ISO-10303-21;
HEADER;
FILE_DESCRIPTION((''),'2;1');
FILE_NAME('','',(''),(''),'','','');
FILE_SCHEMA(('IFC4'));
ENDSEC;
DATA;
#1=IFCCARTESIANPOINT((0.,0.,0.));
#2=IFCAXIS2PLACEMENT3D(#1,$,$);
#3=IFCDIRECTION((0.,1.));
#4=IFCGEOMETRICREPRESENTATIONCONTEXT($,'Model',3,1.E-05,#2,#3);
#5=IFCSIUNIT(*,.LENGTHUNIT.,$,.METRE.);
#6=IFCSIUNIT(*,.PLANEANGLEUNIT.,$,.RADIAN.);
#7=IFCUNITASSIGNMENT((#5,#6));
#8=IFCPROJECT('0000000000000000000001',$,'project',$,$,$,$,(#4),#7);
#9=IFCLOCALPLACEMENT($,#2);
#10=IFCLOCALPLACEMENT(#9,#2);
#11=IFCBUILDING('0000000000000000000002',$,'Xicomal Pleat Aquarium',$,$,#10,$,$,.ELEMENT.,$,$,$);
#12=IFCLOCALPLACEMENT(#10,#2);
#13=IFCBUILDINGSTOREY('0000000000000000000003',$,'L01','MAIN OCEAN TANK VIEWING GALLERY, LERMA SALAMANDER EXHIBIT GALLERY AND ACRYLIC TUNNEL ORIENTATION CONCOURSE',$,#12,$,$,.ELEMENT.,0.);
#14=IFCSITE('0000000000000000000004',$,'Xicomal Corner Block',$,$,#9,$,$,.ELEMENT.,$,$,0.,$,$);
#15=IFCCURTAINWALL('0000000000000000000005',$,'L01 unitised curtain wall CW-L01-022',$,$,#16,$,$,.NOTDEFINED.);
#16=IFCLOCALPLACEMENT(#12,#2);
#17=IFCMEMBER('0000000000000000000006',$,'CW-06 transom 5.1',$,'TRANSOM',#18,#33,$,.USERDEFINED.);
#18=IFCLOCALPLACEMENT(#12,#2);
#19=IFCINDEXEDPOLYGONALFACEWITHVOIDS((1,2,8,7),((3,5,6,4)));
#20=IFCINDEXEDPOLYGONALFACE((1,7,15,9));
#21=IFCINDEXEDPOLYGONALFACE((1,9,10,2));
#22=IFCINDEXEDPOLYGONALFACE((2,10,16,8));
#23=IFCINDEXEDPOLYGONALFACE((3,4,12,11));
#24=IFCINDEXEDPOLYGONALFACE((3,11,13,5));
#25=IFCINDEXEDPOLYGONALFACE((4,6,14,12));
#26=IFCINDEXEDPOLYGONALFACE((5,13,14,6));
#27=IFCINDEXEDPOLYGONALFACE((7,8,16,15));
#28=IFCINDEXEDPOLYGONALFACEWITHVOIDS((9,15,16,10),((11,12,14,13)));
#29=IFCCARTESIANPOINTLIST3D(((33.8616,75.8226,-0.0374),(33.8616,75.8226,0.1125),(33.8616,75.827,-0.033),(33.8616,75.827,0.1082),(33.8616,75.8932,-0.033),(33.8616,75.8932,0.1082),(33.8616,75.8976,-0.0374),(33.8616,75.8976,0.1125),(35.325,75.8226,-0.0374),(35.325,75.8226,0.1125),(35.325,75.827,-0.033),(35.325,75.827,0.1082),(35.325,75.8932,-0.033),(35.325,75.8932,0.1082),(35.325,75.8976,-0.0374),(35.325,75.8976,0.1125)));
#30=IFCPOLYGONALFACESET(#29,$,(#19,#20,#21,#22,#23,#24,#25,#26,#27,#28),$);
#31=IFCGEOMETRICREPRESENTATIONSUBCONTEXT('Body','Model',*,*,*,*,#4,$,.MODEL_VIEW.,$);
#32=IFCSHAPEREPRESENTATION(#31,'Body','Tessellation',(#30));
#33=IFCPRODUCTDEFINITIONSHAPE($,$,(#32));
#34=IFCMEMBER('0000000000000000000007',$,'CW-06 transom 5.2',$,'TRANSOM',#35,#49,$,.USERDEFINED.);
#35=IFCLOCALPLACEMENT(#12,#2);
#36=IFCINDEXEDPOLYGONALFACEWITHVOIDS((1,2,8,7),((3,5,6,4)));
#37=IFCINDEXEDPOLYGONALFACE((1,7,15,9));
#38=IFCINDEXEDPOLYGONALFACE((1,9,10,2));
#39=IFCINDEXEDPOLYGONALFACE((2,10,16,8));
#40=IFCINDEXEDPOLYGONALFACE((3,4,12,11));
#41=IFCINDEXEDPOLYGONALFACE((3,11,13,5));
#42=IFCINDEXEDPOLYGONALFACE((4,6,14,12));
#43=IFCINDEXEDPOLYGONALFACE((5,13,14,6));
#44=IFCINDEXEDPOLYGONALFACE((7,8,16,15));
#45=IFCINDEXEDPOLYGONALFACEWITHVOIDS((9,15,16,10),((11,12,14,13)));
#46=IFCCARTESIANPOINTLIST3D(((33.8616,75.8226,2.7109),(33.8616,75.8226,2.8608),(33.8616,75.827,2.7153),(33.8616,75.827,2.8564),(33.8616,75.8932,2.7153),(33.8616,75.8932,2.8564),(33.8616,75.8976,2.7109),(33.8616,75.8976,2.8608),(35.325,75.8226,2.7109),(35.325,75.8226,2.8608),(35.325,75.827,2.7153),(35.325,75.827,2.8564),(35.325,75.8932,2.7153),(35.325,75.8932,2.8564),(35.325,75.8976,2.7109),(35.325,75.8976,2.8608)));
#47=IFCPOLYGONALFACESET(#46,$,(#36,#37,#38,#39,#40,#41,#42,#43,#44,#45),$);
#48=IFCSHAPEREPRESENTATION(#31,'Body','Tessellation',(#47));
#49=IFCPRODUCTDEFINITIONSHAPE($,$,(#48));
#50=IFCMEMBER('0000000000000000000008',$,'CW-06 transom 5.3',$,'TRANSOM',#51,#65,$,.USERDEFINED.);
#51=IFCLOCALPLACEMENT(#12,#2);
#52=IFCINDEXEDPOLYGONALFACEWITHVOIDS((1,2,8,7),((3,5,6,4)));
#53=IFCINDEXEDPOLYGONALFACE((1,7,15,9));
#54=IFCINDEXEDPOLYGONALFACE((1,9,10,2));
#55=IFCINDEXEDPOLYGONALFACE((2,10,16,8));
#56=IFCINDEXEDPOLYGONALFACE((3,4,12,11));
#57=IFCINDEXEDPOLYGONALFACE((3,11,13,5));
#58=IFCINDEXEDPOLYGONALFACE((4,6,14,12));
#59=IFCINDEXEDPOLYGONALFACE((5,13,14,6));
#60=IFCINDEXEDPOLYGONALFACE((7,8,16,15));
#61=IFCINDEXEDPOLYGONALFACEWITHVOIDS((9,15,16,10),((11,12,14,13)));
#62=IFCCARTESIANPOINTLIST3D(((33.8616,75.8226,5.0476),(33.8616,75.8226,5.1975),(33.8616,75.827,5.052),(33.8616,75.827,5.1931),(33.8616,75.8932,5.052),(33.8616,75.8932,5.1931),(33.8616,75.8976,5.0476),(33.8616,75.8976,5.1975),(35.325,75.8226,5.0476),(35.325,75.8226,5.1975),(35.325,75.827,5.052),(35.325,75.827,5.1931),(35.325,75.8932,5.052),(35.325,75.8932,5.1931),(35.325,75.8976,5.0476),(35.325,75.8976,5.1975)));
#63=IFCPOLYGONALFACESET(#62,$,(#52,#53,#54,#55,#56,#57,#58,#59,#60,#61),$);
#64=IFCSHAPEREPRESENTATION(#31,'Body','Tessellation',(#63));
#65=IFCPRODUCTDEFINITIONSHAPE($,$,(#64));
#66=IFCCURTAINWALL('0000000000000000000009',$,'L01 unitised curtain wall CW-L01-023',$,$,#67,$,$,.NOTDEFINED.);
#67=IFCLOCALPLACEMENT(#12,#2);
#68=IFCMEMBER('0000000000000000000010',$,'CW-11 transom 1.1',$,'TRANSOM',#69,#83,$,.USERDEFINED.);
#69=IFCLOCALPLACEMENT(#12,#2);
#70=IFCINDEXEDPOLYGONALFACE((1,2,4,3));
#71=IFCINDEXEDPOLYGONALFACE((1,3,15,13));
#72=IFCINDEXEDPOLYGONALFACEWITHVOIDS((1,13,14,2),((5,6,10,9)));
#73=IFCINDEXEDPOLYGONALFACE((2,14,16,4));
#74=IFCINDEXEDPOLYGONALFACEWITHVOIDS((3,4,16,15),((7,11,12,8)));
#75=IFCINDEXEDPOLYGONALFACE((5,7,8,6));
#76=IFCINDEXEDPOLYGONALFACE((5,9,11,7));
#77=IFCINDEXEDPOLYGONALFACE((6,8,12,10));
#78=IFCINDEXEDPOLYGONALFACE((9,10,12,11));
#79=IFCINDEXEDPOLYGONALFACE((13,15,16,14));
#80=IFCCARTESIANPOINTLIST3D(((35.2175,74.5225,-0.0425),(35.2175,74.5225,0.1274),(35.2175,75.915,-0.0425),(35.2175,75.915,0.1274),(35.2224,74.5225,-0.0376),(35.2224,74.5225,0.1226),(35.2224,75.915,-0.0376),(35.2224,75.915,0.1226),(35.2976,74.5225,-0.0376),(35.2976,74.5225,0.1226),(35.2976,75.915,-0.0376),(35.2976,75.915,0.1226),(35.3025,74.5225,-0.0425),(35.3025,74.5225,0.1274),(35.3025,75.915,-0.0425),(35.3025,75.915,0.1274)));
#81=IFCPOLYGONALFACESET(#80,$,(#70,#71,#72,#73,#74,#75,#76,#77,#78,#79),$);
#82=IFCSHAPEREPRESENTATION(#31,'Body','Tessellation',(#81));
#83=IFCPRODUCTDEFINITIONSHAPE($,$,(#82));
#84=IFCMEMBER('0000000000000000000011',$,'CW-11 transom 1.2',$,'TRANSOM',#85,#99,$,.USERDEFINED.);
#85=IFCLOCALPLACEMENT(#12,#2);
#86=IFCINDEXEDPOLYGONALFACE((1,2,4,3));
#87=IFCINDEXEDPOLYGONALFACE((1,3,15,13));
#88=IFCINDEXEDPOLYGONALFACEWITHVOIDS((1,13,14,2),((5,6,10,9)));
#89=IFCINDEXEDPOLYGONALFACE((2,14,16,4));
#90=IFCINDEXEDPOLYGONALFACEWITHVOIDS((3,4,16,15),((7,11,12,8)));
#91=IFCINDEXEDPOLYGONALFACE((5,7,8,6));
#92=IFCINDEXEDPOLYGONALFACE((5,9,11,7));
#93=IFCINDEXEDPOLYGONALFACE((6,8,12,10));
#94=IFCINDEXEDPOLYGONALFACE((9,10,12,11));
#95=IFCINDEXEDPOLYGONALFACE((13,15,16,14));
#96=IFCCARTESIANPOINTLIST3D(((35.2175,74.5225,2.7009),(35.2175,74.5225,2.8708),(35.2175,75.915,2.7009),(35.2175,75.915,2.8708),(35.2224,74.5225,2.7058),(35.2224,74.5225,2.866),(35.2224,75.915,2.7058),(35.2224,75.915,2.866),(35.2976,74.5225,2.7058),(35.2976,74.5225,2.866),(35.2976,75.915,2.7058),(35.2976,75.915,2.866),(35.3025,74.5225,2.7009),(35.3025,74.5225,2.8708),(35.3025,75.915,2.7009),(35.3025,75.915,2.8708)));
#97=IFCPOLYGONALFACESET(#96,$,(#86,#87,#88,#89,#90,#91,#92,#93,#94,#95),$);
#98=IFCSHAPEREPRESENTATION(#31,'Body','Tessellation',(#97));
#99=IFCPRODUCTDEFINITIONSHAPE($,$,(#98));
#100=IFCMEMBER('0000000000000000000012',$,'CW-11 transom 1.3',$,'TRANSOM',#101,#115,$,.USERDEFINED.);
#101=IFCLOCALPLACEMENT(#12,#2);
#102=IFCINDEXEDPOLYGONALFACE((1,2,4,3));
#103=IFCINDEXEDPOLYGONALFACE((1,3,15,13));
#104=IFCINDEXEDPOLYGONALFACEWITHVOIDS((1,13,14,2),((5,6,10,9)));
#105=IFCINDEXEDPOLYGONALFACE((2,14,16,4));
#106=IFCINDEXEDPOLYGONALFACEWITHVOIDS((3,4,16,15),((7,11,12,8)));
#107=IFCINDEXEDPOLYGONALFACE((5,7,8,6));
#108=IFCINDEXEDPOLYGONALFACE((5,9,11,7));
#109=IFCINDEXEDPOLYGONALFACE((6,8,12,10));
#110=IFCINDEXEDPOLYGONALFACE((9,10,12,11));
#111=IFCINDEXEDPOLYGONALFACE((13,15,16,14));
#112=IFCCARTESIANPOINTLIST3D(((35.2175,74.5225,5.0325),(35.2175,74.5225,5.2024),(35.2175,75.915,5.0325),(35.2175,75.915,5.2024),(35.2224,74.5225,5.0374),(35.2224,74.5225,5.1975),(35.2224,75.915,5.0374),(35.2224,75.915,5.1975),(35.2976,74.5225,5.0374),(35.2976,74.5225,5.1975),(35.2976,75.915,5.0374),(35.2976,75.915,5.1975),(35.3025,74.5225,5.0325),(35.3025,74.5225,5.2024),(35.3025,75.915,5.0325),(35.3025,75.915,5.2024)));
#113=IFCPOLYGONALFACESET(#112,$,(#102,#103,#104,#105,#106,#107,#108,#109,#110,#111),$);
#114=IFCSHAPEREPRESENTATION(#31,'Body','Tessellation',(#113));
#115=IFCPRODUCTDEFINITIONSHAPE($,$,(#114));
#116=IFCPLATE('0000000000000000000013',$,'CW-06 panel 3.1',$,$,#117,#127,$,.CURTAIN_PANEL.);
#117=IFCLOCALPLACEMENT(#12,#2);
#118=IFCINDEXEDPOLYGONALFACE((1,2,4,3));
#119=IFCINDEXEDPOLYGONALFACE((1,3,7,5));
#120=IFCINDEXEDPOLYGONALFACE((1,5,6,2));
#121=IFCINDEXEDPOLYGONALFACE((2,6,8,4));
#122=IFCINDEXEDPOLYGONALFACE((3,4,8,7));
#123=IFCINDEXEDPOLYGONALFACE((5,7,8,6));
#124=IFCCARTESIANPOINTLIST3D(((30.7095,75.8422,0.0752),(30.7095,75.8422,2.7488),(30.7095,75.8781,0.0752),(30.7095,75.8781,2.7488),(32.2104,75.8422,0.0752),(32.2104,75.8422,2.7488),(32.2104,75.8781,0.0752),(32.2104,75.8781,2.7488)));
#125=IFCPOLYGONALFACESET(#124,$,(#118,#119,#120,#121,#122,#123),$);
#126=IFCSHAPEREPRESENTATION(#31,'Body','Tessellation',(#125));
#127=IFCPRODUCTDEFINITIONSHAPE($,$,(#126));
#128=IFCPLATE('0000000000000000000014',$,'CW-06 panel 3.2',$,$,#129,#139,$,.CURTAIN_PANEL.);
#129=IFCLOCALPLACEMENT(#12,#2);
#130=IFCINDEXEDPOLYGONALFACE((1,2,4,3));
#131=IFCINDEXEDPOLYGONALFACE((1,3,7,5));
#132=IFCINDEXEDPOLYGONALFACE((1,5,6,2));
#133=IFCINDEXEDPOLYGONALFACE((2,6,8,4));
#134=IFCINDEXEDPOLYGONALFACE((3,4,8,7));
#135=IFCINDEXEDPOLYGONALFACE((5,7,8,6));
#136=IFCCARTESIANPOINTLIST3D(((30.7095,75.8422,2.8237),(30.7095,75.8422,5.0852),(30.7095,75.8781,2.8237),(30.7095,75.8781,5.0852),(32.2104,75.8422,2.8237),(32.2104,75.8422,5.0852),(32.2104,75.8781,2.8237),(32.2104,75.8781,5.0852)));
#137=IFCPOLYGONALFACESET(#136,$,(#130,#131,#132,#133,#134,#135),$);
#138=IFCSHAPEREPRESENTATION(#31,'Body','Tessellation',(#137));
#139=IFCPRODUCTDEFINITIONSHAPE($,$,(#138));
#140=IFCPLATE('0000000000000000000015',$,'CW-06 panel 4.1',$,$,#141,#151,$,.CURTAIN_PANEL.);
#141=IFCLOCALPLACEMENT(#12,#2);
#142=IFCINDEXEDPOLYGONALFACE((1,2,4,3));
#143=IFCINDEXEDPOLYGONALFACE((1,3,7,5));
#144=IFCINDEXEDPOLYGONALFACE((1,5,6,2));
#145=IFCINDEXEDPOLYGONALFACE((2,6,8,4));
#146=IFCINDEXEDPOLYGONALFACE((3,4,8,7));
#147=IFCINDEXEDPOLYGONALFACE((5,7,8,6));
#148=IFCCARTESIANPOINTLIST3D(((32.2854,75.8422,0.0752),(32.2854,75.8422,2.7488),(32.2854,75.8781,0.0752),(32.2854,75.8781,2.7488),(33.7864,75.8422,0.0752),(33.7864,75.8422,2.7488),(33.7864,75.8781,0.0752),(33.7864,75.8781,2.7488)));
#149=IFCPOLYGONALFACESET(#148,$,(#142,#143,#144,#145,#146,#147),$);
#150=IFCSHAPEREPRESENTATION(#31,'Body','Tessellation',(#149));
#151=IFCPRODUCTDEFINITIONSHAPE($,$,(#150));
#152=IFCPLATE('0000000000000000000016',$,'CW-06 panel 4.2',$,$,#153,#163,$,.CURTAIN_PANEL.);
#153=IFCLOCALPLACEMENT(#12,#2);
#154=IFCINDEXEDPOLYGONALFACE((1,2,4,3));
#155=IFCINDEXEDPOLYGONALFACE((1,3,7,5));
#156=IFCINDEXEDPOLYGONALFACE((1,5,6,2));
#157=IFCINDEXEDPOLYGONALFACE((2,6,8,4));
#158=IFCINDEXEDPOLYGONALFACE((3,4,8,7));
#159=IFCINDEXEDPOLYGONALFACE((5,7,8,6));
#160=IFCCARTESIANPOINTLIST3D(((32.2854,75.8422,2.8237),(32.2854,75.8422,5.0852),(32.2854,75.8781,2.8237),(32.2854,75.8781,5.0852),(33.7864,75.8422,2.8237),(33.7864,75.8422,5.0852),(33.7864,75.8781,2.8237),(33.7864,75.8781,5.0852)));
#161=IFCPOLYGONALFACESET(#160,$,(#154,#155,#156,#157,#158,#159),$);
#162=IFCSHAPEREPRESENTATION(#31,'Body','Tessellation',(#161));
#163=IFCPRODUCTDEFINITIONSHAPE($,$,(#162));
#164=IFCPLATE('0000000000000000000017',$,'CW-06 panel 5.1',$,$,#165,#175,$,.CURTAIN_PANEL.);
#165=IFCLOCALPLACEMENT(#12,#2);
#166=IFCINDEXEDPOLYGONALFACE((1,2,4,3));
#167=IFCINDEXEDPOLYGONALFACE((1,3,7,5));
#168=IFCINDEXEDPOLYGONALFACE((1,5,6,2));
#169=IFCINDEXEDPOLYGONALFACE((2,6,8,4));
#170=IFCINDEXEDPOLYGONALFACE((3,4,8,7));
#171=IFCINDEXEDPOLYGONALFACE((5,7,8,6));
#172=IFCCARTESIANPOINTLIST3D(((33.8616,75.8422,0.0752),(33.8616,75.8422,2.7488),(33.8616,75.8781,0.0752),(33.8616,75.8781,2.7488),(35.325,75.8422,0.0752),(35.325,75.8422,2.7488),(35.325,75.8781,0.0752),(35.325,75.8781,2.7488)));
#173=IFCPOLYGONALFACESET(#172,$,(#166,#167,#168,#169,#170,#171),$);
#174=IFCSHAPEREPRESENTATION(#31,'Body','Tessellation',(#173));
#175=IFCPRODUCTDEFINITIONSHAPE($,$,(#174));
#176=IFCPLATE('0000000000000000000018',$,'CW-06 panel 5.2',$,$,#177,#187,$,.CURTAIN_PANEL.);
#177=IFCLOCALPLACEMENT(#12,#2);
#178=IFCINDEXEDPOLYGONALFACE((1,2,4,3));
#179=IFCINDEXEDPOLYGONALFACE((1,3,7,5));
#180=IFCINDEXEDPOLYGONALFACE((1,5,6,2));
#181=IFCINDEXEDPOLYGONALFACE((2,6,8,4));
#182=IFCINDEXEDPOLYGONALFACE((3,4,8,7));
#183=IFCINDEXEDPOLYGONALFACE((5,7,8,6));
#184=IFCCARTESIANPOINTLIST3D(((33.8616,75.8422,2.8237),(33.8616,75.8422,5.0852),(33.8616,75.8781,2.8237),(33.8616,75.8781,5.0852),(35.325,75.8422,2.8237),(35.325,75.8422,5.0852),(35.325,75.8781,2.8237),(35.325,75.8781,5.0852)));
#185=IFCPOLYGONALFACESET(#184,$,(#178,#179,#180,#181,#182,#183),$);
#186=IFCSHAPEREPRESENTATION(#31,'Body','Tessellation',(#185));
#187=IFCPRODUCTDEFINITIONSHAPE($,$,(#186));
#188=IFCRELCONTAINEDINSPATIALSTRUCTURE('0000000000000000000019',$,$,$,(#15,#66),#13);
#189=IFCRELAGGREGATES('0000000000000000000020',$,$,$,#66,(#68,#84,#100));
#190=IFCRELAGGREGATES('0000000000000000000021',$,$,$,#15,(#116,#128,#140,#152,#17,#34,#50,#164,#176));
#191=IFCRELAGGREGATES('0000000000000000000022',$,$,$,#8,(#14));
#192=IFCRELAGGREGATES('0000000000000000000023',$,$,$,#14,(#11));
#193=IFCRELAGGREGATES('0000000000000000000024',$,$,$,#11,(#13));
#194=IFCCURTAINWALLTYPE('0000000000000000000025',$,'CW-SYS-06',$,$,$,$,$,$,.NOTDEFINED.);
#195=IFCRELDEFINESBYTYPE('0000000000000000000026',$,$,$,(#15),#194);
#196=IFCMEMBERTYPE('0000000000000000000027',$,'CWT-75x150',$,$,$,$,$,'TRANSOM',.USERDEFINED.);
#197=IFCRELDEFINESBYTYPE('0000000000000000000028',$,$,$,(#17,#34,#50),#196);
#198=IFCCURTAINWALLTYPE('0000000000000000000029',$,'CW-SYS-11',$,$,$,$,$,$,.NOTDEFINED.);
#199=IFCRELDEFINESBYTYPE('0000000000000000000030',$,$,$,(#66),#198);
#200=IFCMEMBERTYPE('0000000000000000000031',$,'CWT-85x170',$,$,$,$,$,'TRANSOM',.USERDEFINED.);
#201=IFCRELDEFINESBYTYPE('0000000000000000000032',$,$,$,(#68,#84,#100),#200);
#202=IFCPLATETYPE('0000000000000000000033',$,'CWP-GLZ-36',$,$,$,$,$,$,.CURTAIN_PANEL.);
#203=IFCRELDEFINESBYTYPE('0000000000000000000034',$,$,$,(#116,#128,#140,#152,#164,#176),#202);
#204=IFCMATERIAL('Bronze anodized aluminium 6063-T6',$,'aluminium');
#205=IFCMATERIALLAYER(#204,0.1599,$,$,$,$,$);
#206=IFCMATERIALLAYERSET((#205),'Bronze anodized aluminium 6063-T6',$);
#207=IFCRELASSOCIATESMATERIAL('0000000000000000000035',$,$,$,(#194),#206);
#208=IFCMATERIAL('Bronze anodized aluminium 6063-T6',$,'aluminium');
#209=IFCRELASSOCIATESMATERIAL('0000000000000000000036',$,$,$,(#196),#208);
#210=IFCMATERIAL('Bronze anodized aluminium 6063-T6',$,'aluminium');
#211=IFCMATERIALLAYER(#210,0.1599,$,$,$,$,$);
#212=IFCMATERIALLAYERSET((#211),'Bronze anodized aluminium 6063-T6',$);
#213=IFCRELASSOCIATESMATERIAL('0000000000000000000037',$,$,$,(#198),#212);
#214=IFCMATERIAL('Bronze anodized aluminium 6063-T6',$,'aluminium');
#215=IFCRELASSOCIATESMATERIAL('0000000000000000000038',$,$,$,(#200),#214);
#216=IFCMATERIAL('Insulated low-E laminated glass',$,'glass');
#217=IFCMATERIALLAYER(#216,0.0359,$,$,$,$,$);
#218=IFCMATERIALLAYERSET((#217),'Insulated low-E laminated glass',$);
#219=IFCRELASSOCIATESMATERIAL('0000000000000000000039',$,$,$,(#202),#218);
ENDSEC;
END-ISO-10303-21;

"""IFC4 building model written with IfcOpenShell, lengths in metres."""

from ifc_helpers import new_model, si_unit, direction, frame, origin, origin_2d, place, context, subcontext, project, spatial, rectangle, hollow_rectangle, extrude, material, layer, layer_set, material_profile, profile_set, type_object, element, aggregate, save


model = new_model("IFC4")

# Units and contexts
model_context = context("Model", 3, precision=1e-05, world=origin(), true_north=direction((0.0, 1.0)))
body_context = subcontext(model_context, "Body", "Model", "MODEL_VIEW")
ifc_project = project(units=[si_unit("LENGTHUNIT", "METRE"), si_unit("PLANEANGLEUNIT", "RADIAN")], contexts=[model_context])

# Site, building, storey
site_placement = place(None, origin())
site = spatial("IfcSite", under=ifc_project, at=site_placement, Name="Xicomal Corner Block", CompositionType="ELEMENT", RefElevation=0.0)
building_placement = place(site_placement, origin())
building = spatial("IfcBuilding", under=site, at=building_placement, Name="Xicomal Pleat Aquarium", CompositionType="ELEMENT")
storey_placement = place(building_placement, origin())
storey = spatial("IfcBuildingStorey", under=building, at=storey_placement, Name="L01", Description="MAIN OCEAN TANK VIEWING GALLERY, LERMA SALAMANDER EXHIBIT GALLERY AND ACRYLIC TUNNEL ORIENTATION CONCOURSE", CompositionType="ELEMENT", Elevation=0.0)

# Curtain walls, members
ifc_material_1 = material(Name="Bronze anodized aluminium 6063-T6", Category="aluminium")
ifc_layer_1 = layer(ifc_material_1, 0.1599)
ifc_layer_set_1 = layer_set([ifc_layer_1], Name="Bronze anodized aluminium 6063-T6")
curtain_wall_type_1 = type_object("IfcCurtainWallType", Name="CW-SYS-06", PredefinedType="NOTDEFINED", material=ifc_layer_set_1)
curtain_wall_1_placement = place(storey_placement, origin())
curtain_wall_1 = element("IfcCurtainWall", 1, at=curtain_wall_1_placement, inside=storey, type_object=curtain_wall_type_1, Name="L01 unitised curtain wall CW-L01-022", PredefinedType="NOTDEFINED")
ifc_material_2 = material(Name="Bronze anodized aluminium 6063-T6", Category="aluminium")
ifc_material_profile_1 = material_profile(ifc_material_2, hollow_rectangle(XDim=0.075, YDim=0.1499, WallThickness=0.0044, at=origin_2d()), Name="ALU TRAN 75x150")
ifc_profile_set_1 = profile_set([ifc_material_profile_1], Name="Bronze anodized aluminium 6063-T6")
member_type_1 = type_object("IfcMemberType", Name="CWT-75x150", ElementType="TRANSOM", PredefinedType="USERDEFINED", material=ifc_profile_set_1)
member_1_placement = place(storey_placement, frame((33.8616, 75.8601, 0.0376), z_axis=(1.0, 0.0, 0.0), x_axis=(0.0, 1.0, 0.0)))
member_1 = element("IfcMember", 2, at=member_1_placement, type_object=member_type_1, Name="CW-06 transom 5.1", ObjectType="TRANSOM", PredefinedType="USERDEFINED", context=body_context, shape_type="SweptSolid", body=[
    extrude(hollow_rectangle(XDim=0.075, YDim=0.1499, WallThickness=0.0044, at=origin_2d()), origin(), (0.0, 0.0, 1.0), 1.4634),
])
member_2_placement = place(storey_placement, frame((33.8616, 75.8601, 2.7859), z_axis=(1.0, 0.0, 0.0), x_axis=(0.0, 1.0, 0.0)))
member_2 = element("IfcMember", 3, at=member_2_placement, type_object=member_type_1, Name="CW-06 transom 5.2", ObjectType="TRANSOM", PredefinedType="USERDEFINED", context=body_context, shape_type="SweptSolid", body=[
    extrude(hollow_rectangle(XDim=0.075, YDim=0.1499, WallThickness=0.0044, at=origin_2d()), origin(), (0.0, 0.0, 1.0), 1.4634),
])
member_3_placement = place(storey_placement, frame((33.8616, 75.8601, 5.1226), z_axis=(1.0, 0.0, 0.0), x_axis=(0.0, 1.0, 0.0)))
member_3 = element("IfcMember", 4, at=member_3_placement, type_object=member_type_1, Name="CW-06 transom 5.3", ObjectType="TRANSOM", PredefinedType="USERDEFINED", context=body_context, shape_type="SweptSolid", body=[
    extrude(hollow_rectangle(XDim=0.075, YDim=0.1499, WallThickness=0.0044, at=origin_2d()), origin(), (0.0, 0.0, 1.0), 1.4634),
])
ifc_material_3 = material(Name="Bronze anodized aluminium 6063-T6", Category="aluminium")
ifc_layer_2 = layer(ifc_material_3, 0.1599)
ifc_layer_set_2 = layer_set([ifc_layer_2], Name="Bronze anodized aluminium 6063-T6")
curtain_wall_type_2 = type_object("IfcCurtainWallType", Name="CW-SYS-11", PredefinedType="NOTDEFINED", material=ifc_layer_set_2)
curtain_wall_2_placement = place(storey_placement, origin())
curtain_wall_2 = element("IfcCurtainWall", 5, at=curtain_wall_2_placement, inside=storey, type_object=curtain_wall_type_2, Name="L01 unitised curtain wall CW-L01-023", PredefinedType="NOTDEFINED")
ifc_material_4 = material(Name="Bronze anodized aluminium 6063-T6", Category="aluminium")
ifc_material_profile_2 = material_profile(ifc_material_4, hollow_rectangle(XDim=0.085, YDim=0.1699, WallThickness=0.0049, at=origin_2d()), Name="ALU TRAN 85x170")
ifc_profile_set_2 = profile_set([ifc_material_profile_2], Name="Bronze anodized aluminium 6063-T6")
member_type_2 = type_object("IfcMemberType", Name="CWT-85x170", ElementType="TRANSOM", PredefinedType="USERDEFINED", material=ifc_profile_set_2)
member_4_placement = place(storey_placement, frame((35.26, 75.915, 0.0425), z_axis=(0.0, -1.0, 0.0), x_axis=(1.0, 0.0, 0.0)))
member_4 = element("IfcMember", 6, at=member_4_placement, type_object=member_type_2, Name="CW-11 transom 1.1", ObjectType="TRANSOM", PredefinedType="USERDEFINED", context=body_context, shape_type="SweptSolid", body=[
    extrude(hollow_rectangle(XDim=0.085, YDim=0.1699, WallThickness=0.0049, at=origin_2d()), origin(), (0.0, 0.0, 1.0), 1.3926),
])
member_5_placement = place(storey_placement, frame((35.26, 75.915, 2.7859), z_axis=(0.0, -1.0, 0.0), x_axis=(1.0, 0.0, 0.0)))
member_5 = element("IfcMember", 7, at=member_5_placement, type_object=member_type_2, Name="CW-11 transom 1.2", ObjectType="TRANSOM", PredefinedType="USERDEFINED", context=body_context, shape_type="SweptSolid", body=[
    extrude(hollow_rectangle(XDim=0.085, YDim=0.1699, WallThickness=0.0049, at=origin_2d()), origin(), (0.0, 0.0, 1.0), 1.3926),
])
member_6_placement = place(storey_placement, frame((35.26, 75.915, 5.1174), z_axis=(0.0, -1.0, 0.0), x_axis=(1.0, 0.0, 0.0)))
member_6 = element("IfcMember", 8, at=member_6_placement, type_object=member_type_2, Name="CW-11 transom 1.3", ObjectType="TRANSOM", PredefinedType="USERDEFINED", context=body_context, shape_type="SweptSolid", body=[
    extrude(hollow_rectangle(XDim=0.085, YDim=0.1699, WallThickness=0.0049, at=origin_2d()), origin(), (0.0, 0.0, 1.0), 1.3926),
])
aggregate(curtain_wall_2, [member_4, member_5, member_6])

# Plates
ifc_material_5 = material(Name="Insulated low-E laminated glass", Category="glass")
ifc_layer_3 = layer(ifc_material_5, 0.0359)
ifc_layer_set_3 = layer_set([ifc_layer_3], Name="Insulated low-E laminated glass")
plate_type = type_object("IfcPlateType", Name="CWP-GLZ-36", PredefinedType="CURTAIN_PANEL", material=ifc_layer_set_3)
plate_1_placement = place(storey_placement, frame((31.46, 75.8601, 0.0752), z_axis=(0.0, 0.0, 1.0), x_axis=(1.0, 0.0, 0.0)))
plate_1 = element("IfcPlate", 9, at=plate_1_placement, type_object=plate_type, Name="CW-06 panel 3.1", PredefinedType="CURTAIN_PANEL", context=body_context, shape_type="SweptSolid", body=[
    extrude(rectangle(XDim=1.501, YDim=0.0359, at=origin_2d()), origin(), (0.0, 0.0, 1.0), 2.6736),
])
plate_2_placement = place(storey_placement, frame((31.46, 75.8601, 2.8237), z_axis=(0.0, 0.0, 1.0), x_axis=(1.0, 0.0, 0.0)))
plate_2 = element("IfcPlate", 10, at=plate_2_placement, type_object=plate_type, Name="CW-06 panel 3.2", PredefinedType="CURTAIN_PANEL", context=body_context, shape_type="SweptSolid", body=[
    extrude(rectangle(XDim=1.501, YDim=0.0359, at=origin_2d()), origin(), (0.0, 0.0, 1.0), 2.2615),
])
plate_3_placement = place(storey_placement, frame((33.0359, 75.8601, 0.0752), z_axis=(0.0, 0.0, 1.0), x_axis=(1.0, 0.0, 0.0)))
plate_3 = element("IfcPlate", 11, at=plate_3_placement, type_object=plate_type, Name="CW-06 panel 4.1", PredefinedType="CURTAIN_PANEL", context=body_context, shape_type="SweptSolid", body=[
    extrude(rectangle(XDim=1.501, YDim=0.0359, at=origin_2d()), origin(), (0.0, 0.0, 1.0), 2.6736),
])
plate_4_placement = place(storey_placement, frame((33.0359, 75.8601, 2.8237), z_axis=(0.0, 0.0, 1.0), x_axis=(1.0, 0.0, 0.0)))
plate_4 = element("IfcPlate", 12, at=plate_4_placement, type_object=plate_type, Name="CW-06 panel 4.2", PredefinedType="CURTAIN_PANEL", context=body_context, shape_type="SweptSolid", body=[
    extrude(rectangle(XDim=1.501, YDim=0.0359, at=origin_2d()), origin(), (0.0, 0.0, 1.0), 2.2615),
])
plate_5_placement = place(storey_placement, frame((34.5933, 75.8601, 0.0752), z_axis=(0.0, 0.0, 1.0), x_axis=(1.0, 0.0, 0.0)))
plate_5 = element("IfcPlate", 13, at=plate_5_placement, type_object=plate_type, Name="CW-06 panel 5.1", PredefinedType="CURTAIN_PANEL", context=body_context, shape_type="SweptSolid", body=[
    extrude(rectangle(XDim=1.4634, YDim=0.0359, at=origin_2d()), origin(), (0.0, 0.0, 1.0), 2.6736),
])
plate_6_placement = place(storey_placement, frame((34.5933, 75.8601, 2.8237), z_axis=(0.0, 0.0, 1.0), x_axis=(1.0, 0.0, 0.0)))
plate_6 = element("IfcPlate", 14, at=plate_6_placement, type_object=plate_type, Name="CW-06 panel 5.2", PredefinedType="CURTAIN_PANEL", context=body_context, shape_type="SweptSolid", body=[
    extrude(rectangle(XDim=1.4634, YDim=0.0359, at=origin_2d()), origin(), (0.0, 0.0, 1.0), 2.2615),
])
aggregate(curtain_wall_1, [plate_1, plate_2, plate_3, plate_4, member_1, member_2, member_3, plate_5, plate_6])

save(model, "model.ifc")
